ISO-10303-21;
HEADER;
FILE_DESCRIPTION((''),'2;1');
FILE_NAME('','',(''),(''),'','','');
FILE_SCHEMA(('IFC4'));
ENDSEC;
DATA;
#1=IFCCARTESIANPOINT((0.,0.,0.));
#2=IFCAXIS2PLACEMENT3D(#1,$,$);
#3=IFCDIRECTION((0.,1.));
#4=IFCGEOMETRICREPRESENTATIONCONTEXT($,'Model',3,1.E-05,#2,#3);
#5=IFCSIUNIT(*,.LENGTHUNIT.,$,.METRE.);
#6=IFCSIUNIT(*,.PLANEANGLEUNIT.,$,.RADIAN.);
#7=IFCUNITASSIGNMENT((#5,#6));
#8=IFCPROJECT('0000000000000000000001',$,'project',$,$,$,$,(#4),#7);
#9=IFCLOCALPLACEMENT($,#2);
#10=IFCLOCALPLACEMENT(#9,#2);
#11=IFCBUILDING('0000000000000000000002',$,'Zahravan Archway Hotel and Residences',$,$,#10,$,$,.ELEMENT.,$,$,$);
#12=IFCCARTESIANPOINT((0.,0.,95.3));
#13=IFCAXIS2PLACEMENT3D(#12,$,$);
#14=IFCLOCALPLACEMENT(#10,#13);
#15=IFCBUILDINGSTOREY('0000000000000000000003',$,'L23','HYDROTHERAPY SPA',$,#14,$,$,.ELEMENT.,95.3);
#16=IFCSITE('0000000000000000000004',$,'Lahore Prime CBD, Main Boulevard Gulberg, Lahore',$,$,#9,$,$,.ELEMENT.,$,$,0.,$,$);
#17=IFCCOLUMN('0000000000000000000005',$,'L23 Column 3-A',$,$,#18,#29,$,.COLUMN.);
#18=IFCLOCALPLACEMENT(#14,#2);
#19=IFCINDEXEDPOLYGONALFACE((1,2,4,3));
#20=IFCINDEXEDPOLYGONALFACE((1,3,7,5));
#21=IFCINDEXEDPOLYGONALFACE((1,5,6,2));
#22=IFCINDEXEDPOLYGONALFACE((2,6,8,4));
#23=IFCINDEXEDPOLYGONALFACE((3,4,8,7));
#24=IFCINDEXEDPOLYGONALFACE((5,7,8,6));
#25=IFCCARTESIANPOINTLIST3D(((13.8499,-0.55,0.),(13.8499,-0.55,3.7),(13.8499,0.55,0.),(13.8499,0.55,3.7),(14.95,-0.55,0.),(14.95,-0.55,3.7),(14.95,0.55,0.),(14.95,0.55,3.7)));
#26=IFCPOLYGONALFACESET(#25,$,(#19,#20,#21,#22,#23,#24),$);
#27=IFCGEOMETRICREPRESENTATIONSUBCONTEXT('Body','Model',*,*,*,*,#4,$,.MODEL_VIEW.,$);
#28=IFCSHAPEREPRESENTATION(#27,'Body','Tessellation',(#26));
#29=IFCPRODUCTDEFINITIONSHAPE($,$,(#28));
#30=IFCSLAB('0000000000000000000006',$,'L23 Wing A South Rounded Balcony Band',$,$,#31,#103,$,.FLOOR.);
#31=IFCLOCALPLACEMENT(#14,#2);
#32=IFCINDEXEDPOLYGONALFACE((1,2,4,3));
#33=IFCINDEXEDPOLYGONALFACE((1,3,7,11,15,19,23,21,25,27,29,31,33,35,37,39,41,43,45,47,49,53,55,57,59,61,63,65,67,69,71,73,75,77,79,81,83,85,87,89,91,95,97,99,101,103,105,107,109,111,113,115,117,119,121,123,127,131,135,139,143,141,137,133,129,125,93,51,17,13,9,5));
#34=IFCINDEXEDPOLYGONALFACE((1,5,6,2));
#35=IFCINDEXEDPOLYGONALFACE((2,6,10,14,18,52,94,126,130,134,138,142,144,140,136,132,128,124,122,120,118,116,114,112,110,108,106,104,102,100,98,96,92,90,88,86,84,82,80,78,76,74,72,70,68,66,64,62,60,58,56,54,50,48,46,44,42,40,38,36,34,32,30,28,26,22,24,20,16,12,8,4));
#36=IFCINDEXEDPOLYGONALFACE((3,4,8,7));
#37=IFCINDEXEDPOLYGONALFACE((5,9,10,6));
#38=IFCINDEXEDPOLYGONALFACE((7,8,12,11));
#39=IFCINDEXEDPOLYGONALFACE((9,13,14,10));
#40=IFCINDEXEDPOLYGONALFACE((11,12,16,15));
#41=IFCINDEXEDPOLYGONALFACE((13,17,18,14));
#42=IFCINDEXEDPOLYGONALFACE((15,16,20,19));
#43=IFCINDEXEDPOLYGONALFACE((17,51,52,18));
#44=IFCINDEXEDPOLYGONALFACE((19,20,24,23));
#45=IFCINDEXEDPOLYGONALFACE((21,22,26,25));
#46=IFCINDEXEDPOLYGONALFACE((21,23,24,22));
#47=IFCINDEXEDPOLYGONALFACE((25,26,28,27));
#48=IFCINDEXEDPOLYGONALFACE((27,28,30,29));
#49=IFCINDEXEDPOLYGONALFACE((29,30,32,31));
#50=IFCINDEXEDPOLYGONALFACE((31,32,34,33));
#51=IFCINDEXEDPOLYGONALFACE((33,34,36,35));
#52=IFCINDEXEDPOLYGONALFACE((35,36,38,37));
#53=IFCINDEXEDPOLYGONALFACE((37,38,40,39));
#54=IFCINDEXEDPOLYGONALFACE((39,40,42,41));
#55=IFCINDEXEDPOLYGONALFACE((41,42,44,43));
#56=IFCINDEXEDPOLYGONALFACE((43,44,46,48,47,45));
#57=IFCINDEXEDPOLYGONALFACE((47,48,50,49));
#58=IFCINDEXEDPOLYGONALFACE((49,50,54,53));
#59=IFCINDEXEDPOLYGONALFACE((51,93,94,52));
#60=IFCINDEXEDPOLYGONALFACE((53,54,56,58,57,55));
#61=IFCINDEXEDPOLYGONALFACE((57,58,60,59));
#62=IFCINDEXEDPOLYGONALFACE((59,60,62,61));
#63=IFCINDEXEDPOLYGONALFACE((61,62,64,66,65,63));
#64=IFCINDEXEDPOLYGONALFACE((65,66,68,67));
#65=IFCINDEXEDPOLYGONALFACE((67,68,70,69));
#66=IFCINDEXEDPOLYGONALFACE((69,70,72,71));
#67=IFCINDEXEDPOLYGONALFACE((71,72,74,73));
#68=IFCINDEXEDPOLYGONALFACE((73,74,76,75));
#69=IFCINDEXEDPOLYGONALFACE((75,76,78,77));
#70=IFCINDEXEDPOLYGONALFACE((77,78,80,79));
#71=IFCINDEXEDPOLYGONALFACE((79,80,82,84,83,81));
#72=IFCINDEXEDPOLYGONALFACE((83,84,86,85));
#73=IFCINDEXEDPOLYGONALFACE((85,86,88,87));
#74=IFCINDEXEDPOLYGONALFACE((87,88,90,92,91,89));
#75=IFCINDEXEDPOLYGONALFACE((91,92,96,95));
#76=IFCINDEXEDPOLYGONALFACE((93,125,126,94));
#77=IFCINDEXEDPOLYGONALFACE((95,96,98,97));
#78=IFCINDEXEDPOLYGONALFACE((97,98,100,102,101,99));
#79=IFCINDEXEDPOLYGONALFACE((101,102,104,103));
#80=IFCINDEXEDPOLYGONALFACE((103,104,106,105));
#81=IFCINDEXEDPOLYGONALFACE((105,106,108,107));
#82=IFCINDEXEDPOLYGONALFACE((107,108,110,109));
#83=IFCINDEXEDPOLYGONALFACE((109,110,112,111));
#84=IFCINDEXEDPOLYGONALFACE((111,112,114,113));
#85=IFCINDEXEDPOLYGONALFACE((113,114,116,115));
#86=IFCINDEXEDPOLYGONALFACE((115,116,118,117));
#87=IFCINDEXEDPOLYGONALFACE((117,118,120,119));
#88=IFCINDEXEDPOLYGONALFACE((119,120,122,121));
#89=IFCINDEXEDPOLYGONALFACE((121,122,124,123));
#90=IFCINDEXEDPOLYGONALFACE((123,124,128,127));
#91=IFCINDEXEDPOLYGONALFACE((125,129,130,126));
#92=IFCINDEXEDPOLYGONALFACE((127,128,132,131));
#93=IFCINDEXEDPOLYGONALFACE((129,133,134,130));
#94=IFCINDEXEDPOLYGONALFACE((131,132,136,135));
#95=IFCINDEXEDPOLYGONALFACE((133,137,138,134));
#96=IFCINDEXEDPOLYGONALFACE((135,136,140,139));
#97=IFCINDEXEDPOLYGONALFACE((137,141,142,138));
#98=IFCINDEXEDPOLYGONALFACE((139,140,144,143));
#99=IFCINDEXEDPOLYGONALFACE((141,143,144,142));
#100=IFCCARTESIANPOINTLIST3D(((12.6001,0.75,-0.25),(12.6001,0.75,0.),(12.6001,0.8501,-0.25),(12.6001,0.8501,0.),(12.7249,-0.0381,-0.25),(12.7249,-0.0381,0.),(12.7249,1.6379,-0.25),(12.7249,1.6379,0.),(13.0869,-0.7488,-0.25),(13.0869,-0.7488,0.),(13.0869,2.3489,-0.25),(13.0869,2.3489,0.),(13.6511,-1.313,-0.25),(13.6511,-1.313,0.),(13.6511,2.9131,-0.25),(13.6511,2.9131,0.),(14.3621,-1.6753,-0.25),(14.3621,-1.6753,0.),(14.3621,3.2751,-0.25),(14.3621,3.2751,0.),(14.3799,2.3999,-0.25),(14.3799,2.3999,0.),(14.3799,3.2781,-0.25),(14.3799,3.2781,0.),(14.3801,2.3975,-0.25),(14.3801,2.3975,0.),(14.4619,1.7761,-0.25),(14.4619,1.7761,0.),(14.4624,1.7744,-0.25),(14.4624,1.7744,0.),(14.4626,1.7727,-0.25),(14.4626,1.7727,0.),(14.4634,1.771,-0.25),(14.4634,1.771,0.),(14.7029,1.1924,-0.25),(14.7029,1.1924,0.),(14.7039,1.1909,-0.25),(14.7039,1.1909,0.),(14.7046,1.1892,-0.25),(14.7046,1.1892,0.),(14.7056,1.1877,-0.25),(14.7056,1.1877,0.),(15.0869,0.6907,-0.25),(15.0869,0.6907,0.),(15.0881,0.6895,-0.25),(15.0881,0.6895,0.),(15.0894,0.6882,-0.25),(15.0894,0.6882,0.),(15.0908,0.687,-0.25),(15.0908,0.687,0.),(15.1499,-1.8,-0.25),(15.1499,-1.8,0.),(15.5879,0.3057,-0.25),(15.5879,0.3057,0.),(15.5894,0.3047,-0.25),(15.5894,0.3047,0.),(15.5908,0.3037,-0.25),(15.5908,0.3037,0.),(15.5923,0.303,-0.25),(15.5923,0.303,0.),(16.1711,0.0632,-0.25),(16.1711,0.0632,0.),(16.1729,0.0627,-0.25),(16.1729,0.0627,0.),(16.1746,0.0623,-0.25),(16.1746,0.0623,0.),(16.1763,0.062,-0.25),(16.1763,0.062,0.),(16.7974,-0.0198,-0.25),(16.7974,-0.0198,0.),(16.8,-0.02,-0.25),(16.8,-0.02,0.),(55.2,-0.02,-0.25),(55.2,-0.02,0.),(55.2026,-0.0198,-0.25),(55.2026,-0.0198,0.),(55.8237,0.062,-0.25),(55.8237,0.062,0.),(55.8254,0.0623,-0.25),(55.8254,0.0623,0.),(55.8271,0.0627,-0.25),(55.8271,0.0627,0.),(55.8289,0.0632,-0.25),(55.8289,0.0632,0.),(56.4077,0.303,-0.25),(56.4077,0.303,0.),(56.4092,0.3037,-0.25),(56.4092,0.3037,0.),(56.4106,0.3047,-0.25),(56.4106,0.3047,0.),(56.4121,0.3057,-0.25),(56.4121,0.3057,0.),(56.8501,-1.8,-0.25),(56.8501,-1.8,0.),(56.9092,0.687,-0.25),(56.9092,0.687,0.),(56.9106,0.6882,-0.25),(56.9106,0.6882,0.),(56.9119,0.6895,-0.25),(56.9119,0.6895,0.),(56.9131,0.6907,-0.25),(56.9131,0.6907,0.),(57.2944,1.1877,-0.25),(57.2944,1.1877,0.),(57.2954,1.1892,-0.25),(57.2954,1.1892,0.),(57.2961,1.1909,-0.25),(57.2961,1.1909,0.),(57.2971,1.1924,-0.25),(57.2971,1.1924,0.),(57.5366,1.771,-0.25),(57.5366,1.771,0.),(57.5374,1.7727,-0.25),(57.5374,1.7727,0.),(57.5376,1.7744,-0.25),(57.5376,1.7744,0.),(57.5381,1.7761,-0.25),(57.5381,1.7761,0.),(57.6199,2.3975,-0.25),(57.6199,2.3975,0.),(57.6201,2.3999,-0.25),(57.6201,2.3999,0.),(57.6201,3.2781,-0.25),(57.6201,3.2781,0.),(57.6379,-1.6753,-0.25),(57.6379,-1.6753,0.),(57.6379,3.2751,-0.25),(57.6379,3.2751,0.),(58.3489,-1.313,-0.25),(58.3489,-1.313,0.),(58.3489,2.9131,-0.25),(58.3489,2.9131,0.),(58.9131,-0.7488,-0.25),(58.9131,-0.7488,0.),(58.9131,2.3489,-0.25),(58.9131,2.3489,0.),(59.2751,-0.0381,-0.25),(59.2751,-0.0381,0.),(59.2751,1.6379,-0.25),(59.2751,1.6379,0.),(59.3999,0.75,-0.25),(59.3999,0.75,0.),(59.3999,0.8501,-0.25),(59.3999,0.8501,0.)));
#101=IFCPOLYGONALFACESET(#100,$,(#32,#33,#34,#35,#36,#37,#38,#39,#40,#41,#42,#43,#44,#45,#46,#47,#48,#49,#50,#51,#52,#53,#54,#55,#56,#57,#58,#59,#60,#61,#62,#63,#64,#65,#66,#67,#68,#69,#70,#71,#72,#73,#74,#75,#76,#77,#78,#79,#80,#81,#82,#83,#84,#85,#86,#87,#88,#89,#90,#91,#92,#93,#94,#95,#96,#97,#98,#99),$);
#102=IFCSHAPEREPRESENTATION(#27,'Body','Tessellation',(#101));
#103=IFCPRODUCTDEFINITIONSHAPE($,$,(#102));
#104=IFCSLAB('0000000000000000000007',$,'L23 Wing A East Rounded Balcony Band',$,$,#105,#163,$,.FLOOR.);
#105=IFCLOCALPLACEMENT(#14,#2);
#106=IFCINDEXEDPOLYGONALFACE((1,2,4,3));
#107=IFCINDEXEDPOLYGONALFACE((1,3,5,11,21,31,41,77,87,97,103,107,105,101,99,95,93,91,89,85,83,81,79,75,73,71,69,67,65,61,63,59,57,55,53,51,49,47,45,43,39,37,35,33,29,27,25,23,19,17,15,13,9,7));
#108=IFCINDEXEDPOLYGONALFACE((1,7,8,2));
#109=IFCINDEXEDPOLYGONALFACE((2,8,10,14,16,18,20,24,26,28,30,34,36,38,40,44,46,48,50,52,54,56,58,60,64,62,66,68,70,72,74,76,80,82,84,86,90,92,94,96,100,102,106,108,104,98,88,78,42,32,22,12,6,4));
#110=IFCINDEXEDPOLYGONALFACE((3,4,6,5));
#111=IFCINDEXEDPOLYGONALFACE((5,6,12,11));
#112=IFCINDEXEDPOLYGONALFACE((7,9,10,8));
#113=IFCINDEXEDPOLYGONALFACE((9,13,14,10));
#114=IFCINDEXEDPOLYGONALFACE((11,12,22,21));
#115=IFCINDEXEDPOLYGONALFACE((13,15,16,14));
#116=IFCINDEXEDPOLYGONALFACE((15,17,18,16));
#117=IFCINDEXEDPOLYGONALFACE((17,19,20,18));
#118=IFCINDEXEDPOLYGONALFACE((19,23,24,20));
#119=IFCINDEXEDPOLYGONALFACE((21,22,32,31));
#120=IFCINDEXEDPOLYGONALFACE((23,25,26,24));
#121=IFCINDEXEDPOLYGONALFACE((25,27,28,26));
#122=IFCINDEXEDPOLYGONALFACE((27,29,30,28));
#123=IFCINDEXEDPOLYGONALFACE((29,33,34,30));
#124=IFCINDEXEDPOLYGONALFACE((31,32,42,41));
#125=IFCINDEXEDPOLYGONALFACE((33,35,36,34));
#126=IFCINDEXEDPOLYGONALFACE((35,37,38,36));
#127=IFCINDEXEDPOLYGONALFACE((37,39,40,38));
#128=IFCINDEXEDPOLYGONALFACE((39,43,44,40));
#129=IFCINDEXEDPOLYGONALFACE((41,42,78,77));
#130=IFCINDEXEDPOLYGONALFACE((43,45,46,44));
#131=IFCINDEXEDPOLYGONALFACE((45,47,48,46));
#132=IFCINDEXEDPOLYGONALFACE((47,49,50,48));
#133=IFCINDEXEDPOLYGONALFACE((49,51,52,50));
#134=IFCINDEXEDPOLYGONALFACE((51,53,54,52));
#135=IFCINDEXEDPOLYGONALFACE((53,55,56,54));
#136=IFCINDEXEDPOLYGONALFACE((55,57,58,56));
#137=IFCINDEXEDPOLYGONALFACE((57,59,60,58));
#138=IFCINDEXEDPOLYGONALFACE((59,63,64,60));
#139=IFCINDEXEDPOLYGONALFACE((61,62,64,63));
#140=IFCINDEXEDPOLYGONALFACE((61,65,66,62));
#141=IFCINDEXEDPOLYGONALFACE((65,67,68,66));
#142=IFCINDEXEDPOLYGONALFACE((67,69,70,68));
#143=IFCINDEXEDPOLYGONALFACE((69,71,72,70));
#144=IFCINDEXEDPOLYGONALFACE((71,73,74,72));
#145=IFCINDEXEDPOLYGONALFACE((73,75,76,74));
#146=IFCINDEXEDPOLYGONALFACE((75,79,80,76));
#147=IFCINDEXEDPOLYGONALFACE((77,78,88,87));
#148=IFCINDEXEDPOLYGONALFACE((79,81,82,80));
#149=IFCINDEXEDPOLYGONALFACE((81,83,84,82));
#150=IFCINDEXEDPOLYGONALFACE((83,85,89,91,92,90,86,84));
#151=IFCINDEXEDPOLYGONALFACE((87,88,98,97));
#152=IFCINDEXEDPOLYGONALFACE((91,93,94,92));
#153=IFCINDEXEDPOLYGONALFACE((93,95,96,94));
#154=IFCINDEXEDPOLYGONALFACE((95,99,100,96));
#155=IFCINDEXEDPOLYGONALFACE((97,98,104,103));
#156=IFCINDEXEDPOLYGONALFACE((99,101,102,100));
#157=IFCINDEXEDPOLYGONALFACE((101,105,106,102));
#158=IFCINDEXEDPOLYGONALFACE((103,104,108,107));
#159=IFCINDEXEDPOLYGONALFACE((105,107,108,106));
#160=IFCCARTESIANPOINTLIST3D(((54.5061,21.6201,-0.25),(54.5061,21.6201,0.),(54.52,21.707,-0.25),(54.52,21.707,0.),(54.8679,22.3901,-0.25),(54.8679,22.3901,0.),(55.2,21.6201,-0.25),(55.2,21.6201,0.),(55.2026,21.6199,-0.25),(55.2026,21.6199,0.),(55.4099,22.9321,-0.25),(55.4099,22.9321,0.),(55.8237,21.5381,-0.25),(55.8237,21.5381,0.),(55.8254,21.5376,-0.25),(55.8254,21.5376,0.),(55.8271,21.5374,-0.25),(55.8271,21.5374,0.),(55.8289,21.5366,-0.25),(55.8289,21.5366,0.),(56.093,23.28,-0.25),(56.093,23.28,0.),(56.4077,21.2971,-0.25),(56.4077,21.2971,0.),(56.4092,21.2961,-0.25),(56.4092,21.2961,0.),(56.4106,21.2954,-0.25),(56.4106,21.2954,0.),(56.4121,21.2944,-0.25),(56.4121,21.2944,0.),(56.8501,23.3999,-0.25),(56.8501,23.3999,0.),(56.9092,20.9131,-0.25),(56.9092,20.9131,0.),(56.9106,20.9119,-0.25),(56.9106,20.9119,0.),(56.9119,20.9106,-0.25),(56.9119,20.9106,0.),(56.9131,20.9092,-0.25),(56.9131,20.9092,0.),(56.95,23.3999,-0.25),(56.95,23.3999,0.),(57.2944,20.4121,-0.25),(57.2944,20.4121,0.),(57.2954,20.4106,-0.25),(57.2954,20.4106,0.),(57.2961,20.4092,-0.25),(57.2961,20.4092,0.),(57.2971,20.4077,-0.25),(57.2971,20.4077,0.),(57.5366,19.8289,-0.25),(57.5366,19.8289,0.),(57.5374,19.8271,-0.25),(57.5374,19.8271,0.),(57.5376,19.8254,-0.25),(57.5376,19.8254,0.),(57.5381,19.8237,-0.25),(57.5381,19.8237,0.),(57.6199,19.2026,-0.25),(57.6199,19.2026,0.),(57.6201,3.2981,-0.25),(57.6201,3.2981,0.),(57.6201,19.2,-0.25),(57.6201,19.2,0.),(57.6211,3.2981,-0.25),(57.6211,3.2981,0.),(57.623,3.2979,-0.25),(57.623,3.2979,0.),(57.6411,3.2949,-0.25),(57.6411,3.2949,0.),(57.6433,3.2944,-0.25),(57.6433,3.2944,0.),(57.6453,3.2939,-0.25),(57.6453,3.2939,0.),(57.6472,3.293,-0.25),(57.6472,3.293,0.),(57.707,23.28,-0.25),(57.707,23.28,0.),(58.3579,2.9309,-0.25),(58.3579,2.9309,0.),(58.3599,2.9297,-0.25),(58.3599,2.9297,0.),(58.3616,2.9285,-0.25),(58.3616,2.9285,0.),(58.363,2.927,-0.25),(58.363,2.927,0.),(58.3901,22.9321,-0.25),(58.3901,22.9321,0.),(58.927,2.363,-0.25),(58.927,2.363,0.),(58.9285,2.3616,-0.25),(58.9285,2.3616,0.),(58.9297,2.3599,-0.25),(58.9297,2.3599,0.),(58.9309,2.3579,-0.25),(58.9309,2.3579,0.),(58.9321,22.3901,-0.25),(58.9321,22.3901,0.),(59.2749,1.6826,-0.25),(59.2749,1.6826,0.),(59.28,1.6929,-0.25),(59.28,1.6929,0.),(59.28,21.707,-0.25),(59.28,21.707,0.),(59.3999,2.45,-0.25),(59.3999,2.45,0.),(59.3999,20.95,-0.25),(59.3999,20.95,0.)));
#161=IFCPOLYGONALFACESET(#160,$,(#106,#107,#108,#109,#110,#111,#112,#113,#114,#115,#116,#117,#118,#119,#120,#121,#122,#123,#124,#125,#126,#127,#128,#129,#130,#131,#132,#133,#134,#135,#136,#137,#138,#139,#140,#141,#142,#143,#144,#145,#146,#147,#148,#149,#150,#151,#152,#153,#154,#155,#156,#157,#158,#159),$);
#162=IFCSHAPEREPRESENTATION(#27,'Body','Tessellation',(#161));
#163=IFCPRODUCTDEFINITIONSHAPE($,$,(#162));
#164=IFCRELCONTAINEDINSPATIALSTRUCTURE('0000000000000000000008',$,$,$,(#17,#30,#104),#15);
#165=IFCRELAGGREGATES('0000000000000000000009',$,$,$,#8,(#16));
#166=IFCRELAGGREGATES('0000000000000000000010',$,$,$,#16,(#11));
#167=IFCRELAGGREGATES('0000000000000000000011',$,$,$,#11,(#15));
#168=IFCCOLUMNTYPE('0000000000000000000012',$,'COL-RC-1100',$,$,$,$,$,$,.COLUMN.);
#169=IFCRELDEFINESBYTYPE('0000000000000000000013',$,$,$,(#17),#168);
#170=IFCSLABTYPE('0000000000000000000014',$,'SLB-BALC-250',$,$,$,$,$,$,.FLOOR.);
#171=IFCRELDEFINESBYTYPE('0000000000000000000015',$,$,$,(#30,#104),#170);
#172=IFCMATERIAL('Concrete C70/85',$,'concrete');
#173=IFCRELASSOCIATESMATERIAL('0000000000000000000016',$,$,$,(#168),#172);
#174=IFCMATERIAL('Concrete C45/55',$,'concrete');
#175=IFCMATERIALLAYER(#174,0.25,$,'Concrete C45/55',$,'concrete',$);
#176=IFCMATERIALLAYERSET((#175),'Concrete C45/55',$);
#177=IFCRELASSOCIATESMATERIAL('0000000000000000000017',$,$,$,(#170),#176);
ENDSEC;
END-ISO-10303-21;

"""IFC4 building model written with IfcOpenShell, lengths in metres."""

from ifc_helpers import new_model, si_unit, direction, frame, origin, origin_2d, place, context, subcontext, project, spatial, polyline, rectangle, outline, extrude, source, transform, mapped, material, layer, layer_set, material_profile, profile_set, type_object, element, save


model = new_model("IFC4")

# Units and contexts
model_context = context("Model", 3, precision=1e-05, world=origin(), true_north=direction((0.0, 1.0)))
body_context = subcontext(model_context, "Body", "Model", "MODEL_VIEW")
ifc_project = project(units=[si_unit("LENGTHUNIT", "METRE"), si_unit("PLANEANGLEUNIT", "RADIAN")], contexts=[model_context])

# Site, building, storey
site_placement = place(None, origin())
site = spatial("IfcSite", under=ifc_project, at=site_placement, Name="Lahore Prime CBD, Main Boulevard Gulberg, Lahore", CompositionType="ELEMENT", RefElevation=0.0)
building_placement = place(site_placement, origin())
building = spatial("IfcBuilding", under=site, at=building_placement, Name="Zahravan Archway Hotel and Residences", CompositionType="ELEMENT")
storey_placement = place(building_placement, frame((0.0, 0.0, 95.3)))
storey = spatial("IfcBuildingStorey", under=building, at=storey_placement, Name="L23", Description="HYDROTHERAPY SPA", CompositionType="ELEMENT", Elevation=95.3)

# Column
ifc_material_1 = material(Name="Concrete C70/85", Category="concrete")
ifc_material_profile = material_profile(ifc_material_1, rectangle(XDim=1.1001, YDim=1.1001, at=origin_2d()), Name="RC 1100x1100", Category="concrete")
ifc_profile_set = profile_set([ifc_material_profile], Name="Concrete C70/85")
column_type = type_object("IfcColumnType", Name="COL-RC-1100", PredefinedType="COLUMN", material=ifc_profile_set)
shared_shape = source(origin(), body_context, "Body", "SweptSolid", [
    extrude(rectangle(XDim=1.1001, YDim=1.1001, at=origin_2d()), origin(), (0.0, 0.0, 1.0), 3.7),
])
column_placement = place(storey_placement, frame((14.3999, 0.0, 0.0), z_axis=(0.0, 0.0, 1.0), x_axis=(1.0, 0.0, 0.0)))
element("IfcColumn", 1, at=column_placement, inside=storey, type_object=column_type, Name="L23 Column 3-A", PredefinedType="COLUMN", context=body_context, shape_type="MappedRepresentation", body=[
    mapped(shared_shape, transform((0.0, 0.0, 0.0), scale=1.0)),
])

# Slabs
ifc_material_2 = material(Name="Concrete C45/55", Category="concrete")
ifc_layer_1 = layer(ifc_material_2, 0.25, Name="Concrete C45/55", Category="concrete")
ifc_layer_set_1 = layer_set([ifc_layer_1], Name="Concrete C45/55")
slab_type_1 = type_object("IfcSlabType", Name="SLB-BALC-250", PredefinedType="FLOOR", material=ifc_layer_set_1)
slab_1_placement = place(storey_placement, frame((0.0, 0.0, -0.25)))
element("IfcSlab", 2, at=slab_1_placement, inside=storey, type_object=slab_type_1, Name="L23 Wing A South Rounded Balcony Band", PredefinedType="FLOOR", context=body_context, shape_type="SweptSolid", body=[
    extrude(outline(polyline([(57.6379, 3.2751), (58.3489, 2.9131), (58.9131, 2.3489), (59.2751, 1.6379), (59.3999, 0.8501), (59.3999, 0.75), (59.2751, -0.0381), (58.9131, -0.7488), (58.3489, -1.313), (57.6379, -1.6753), (56.8501, -1.8), (15.1499, -1.8), (14.3621, -1.6753), (13.6511, -1.313), (13.0869, -0.7488), (12.7249, -0.0381), (12.6001, 0.75), (12.6001, 0.8501), (12.7249, 1.6379), (13.0869, 2.3489), (13.6511, 2.9131), (14.3621, 3.2751), (14.3799, 3.2781), (14.3799, 2.3999), (14.3801, 2.3975), (14.4619, 1.7761), (14.4624, 1.7744), (14.4626, 1.7727), (14.4634, 1.771), (14.7029, 1.1924), (14.7039, 1.1909), (14.7046, 1.1892), (14.7056, 1.1877), (15.0869, 0.6907), (15.0881, 0.6895), (15.0894, 0.6882), (15.0908, 0.687), (15.5879, 0.3057), (15.5894, 0.3047), (15.5908, 0.3037), (15.5923, 0.303), (16.1711, 0.0632), (16.1729, 0.0627), (16.1746, 0.0623), (16.1763, 0.062), (16.7974, -0.0198), (16.8, -0.02), (55.2, -0.02), (55.2026, -0.0198), (55.8237, 0.062), (55.8254, 0.0623), (55.8271, 0.0627), (55.8289, 0.0632), (56.4077, 0.303), (56.4092, 0.3037), (56.4106, 0.3047), (56.4121, 0.3057), (56.9092, 0.687), (56.9106, 0.6882), (56.9119, 0.6895), (56.9131, 0.6907), (57.2944, 1.1877), (57.2954, 1.1892), (57.2961, 1.1909), (57.2971, 1.1924), (57.5366, 1.771), (57.5374, 1.7727), (57.5376, 1.7744), (57.5381, 1.7761), (57.6199, 2.3975), (57.6201, 2.3999), (57.6201, 3.2781), (57.6379, 3.2751)])), origin(), (0.0, 0.0, 1.0), 0.25),
])
slab_2_placement = place(storey_placement, frame((0.0, 0.0, -0.25)))
element("IfcSlab", 3, at=slab_2_placement, inside=storey, type_object=slab_type_1, Name="L23 Wing A East Rounded Balcony Band", PredefinedType="FLOOR", context=body_context, shape_type="SweptSolid", body=[
    extrude(outline(polyline([(54.52, 21.707), (54.8679, 22.3901), (55.4099, 22.9321), (56.093, 23.28), (56.8501, 23.3999), (56.95, 23.3999), (57.707, 23.28), (58.3901, 22.9321), (58.9321, 22.3901), (59.28, 21.707), (59.3999, 20.95), (59.3999, 2.45), (59.28, 1.6929), (59.2749, 1.6826), (58.9309, 2.3579), (58.9297, 2.3599), (58.9285, 2.3616), (58.927, 2.363), (58.363, 2.927), (58.3616, 2.9285), (58.3599, 2.9297), (58.3579, 2.9309), (57.6472, 3.293), (57.6453, 3.2939), (57.6433, 3.2944), (57.6411, 3.2949), (57.623, 3.2979), (57.6211, 3.2981), (57.6201, 3.2981), (57.6201, 19.2), (57.6199, 19.2026), (57.5381, 19.8237), (57.5376, 19.8254), (57.5374, 19.8271), (57.5366, 19.8289), (57.2971, 20.4077), (57.2961, 20.4092), (57.2954, 20.4106), (57.2944, 20.4121), (56.9131, 20.9092), (56.9119, 20.9106), (56.9106, 20.9119), (56.9092, 20.9131), (56.4121, 21.2944), (56.4106, 21.2954), (56.4092, 21.2961), (56.4077, 21.2971), (55.8289, 21.5366), (55.8271, 21.5374), (55.8254, 21.5376), (55.8237, 21.5381), (55.2026, 21.6199), (55.2, 21.6201), (54.5061, 21.6201), (54.52, 21.707)])), origin(), (0.0, 0.0, 1.0), 0.25),
])

save(model, "model.ifc")
